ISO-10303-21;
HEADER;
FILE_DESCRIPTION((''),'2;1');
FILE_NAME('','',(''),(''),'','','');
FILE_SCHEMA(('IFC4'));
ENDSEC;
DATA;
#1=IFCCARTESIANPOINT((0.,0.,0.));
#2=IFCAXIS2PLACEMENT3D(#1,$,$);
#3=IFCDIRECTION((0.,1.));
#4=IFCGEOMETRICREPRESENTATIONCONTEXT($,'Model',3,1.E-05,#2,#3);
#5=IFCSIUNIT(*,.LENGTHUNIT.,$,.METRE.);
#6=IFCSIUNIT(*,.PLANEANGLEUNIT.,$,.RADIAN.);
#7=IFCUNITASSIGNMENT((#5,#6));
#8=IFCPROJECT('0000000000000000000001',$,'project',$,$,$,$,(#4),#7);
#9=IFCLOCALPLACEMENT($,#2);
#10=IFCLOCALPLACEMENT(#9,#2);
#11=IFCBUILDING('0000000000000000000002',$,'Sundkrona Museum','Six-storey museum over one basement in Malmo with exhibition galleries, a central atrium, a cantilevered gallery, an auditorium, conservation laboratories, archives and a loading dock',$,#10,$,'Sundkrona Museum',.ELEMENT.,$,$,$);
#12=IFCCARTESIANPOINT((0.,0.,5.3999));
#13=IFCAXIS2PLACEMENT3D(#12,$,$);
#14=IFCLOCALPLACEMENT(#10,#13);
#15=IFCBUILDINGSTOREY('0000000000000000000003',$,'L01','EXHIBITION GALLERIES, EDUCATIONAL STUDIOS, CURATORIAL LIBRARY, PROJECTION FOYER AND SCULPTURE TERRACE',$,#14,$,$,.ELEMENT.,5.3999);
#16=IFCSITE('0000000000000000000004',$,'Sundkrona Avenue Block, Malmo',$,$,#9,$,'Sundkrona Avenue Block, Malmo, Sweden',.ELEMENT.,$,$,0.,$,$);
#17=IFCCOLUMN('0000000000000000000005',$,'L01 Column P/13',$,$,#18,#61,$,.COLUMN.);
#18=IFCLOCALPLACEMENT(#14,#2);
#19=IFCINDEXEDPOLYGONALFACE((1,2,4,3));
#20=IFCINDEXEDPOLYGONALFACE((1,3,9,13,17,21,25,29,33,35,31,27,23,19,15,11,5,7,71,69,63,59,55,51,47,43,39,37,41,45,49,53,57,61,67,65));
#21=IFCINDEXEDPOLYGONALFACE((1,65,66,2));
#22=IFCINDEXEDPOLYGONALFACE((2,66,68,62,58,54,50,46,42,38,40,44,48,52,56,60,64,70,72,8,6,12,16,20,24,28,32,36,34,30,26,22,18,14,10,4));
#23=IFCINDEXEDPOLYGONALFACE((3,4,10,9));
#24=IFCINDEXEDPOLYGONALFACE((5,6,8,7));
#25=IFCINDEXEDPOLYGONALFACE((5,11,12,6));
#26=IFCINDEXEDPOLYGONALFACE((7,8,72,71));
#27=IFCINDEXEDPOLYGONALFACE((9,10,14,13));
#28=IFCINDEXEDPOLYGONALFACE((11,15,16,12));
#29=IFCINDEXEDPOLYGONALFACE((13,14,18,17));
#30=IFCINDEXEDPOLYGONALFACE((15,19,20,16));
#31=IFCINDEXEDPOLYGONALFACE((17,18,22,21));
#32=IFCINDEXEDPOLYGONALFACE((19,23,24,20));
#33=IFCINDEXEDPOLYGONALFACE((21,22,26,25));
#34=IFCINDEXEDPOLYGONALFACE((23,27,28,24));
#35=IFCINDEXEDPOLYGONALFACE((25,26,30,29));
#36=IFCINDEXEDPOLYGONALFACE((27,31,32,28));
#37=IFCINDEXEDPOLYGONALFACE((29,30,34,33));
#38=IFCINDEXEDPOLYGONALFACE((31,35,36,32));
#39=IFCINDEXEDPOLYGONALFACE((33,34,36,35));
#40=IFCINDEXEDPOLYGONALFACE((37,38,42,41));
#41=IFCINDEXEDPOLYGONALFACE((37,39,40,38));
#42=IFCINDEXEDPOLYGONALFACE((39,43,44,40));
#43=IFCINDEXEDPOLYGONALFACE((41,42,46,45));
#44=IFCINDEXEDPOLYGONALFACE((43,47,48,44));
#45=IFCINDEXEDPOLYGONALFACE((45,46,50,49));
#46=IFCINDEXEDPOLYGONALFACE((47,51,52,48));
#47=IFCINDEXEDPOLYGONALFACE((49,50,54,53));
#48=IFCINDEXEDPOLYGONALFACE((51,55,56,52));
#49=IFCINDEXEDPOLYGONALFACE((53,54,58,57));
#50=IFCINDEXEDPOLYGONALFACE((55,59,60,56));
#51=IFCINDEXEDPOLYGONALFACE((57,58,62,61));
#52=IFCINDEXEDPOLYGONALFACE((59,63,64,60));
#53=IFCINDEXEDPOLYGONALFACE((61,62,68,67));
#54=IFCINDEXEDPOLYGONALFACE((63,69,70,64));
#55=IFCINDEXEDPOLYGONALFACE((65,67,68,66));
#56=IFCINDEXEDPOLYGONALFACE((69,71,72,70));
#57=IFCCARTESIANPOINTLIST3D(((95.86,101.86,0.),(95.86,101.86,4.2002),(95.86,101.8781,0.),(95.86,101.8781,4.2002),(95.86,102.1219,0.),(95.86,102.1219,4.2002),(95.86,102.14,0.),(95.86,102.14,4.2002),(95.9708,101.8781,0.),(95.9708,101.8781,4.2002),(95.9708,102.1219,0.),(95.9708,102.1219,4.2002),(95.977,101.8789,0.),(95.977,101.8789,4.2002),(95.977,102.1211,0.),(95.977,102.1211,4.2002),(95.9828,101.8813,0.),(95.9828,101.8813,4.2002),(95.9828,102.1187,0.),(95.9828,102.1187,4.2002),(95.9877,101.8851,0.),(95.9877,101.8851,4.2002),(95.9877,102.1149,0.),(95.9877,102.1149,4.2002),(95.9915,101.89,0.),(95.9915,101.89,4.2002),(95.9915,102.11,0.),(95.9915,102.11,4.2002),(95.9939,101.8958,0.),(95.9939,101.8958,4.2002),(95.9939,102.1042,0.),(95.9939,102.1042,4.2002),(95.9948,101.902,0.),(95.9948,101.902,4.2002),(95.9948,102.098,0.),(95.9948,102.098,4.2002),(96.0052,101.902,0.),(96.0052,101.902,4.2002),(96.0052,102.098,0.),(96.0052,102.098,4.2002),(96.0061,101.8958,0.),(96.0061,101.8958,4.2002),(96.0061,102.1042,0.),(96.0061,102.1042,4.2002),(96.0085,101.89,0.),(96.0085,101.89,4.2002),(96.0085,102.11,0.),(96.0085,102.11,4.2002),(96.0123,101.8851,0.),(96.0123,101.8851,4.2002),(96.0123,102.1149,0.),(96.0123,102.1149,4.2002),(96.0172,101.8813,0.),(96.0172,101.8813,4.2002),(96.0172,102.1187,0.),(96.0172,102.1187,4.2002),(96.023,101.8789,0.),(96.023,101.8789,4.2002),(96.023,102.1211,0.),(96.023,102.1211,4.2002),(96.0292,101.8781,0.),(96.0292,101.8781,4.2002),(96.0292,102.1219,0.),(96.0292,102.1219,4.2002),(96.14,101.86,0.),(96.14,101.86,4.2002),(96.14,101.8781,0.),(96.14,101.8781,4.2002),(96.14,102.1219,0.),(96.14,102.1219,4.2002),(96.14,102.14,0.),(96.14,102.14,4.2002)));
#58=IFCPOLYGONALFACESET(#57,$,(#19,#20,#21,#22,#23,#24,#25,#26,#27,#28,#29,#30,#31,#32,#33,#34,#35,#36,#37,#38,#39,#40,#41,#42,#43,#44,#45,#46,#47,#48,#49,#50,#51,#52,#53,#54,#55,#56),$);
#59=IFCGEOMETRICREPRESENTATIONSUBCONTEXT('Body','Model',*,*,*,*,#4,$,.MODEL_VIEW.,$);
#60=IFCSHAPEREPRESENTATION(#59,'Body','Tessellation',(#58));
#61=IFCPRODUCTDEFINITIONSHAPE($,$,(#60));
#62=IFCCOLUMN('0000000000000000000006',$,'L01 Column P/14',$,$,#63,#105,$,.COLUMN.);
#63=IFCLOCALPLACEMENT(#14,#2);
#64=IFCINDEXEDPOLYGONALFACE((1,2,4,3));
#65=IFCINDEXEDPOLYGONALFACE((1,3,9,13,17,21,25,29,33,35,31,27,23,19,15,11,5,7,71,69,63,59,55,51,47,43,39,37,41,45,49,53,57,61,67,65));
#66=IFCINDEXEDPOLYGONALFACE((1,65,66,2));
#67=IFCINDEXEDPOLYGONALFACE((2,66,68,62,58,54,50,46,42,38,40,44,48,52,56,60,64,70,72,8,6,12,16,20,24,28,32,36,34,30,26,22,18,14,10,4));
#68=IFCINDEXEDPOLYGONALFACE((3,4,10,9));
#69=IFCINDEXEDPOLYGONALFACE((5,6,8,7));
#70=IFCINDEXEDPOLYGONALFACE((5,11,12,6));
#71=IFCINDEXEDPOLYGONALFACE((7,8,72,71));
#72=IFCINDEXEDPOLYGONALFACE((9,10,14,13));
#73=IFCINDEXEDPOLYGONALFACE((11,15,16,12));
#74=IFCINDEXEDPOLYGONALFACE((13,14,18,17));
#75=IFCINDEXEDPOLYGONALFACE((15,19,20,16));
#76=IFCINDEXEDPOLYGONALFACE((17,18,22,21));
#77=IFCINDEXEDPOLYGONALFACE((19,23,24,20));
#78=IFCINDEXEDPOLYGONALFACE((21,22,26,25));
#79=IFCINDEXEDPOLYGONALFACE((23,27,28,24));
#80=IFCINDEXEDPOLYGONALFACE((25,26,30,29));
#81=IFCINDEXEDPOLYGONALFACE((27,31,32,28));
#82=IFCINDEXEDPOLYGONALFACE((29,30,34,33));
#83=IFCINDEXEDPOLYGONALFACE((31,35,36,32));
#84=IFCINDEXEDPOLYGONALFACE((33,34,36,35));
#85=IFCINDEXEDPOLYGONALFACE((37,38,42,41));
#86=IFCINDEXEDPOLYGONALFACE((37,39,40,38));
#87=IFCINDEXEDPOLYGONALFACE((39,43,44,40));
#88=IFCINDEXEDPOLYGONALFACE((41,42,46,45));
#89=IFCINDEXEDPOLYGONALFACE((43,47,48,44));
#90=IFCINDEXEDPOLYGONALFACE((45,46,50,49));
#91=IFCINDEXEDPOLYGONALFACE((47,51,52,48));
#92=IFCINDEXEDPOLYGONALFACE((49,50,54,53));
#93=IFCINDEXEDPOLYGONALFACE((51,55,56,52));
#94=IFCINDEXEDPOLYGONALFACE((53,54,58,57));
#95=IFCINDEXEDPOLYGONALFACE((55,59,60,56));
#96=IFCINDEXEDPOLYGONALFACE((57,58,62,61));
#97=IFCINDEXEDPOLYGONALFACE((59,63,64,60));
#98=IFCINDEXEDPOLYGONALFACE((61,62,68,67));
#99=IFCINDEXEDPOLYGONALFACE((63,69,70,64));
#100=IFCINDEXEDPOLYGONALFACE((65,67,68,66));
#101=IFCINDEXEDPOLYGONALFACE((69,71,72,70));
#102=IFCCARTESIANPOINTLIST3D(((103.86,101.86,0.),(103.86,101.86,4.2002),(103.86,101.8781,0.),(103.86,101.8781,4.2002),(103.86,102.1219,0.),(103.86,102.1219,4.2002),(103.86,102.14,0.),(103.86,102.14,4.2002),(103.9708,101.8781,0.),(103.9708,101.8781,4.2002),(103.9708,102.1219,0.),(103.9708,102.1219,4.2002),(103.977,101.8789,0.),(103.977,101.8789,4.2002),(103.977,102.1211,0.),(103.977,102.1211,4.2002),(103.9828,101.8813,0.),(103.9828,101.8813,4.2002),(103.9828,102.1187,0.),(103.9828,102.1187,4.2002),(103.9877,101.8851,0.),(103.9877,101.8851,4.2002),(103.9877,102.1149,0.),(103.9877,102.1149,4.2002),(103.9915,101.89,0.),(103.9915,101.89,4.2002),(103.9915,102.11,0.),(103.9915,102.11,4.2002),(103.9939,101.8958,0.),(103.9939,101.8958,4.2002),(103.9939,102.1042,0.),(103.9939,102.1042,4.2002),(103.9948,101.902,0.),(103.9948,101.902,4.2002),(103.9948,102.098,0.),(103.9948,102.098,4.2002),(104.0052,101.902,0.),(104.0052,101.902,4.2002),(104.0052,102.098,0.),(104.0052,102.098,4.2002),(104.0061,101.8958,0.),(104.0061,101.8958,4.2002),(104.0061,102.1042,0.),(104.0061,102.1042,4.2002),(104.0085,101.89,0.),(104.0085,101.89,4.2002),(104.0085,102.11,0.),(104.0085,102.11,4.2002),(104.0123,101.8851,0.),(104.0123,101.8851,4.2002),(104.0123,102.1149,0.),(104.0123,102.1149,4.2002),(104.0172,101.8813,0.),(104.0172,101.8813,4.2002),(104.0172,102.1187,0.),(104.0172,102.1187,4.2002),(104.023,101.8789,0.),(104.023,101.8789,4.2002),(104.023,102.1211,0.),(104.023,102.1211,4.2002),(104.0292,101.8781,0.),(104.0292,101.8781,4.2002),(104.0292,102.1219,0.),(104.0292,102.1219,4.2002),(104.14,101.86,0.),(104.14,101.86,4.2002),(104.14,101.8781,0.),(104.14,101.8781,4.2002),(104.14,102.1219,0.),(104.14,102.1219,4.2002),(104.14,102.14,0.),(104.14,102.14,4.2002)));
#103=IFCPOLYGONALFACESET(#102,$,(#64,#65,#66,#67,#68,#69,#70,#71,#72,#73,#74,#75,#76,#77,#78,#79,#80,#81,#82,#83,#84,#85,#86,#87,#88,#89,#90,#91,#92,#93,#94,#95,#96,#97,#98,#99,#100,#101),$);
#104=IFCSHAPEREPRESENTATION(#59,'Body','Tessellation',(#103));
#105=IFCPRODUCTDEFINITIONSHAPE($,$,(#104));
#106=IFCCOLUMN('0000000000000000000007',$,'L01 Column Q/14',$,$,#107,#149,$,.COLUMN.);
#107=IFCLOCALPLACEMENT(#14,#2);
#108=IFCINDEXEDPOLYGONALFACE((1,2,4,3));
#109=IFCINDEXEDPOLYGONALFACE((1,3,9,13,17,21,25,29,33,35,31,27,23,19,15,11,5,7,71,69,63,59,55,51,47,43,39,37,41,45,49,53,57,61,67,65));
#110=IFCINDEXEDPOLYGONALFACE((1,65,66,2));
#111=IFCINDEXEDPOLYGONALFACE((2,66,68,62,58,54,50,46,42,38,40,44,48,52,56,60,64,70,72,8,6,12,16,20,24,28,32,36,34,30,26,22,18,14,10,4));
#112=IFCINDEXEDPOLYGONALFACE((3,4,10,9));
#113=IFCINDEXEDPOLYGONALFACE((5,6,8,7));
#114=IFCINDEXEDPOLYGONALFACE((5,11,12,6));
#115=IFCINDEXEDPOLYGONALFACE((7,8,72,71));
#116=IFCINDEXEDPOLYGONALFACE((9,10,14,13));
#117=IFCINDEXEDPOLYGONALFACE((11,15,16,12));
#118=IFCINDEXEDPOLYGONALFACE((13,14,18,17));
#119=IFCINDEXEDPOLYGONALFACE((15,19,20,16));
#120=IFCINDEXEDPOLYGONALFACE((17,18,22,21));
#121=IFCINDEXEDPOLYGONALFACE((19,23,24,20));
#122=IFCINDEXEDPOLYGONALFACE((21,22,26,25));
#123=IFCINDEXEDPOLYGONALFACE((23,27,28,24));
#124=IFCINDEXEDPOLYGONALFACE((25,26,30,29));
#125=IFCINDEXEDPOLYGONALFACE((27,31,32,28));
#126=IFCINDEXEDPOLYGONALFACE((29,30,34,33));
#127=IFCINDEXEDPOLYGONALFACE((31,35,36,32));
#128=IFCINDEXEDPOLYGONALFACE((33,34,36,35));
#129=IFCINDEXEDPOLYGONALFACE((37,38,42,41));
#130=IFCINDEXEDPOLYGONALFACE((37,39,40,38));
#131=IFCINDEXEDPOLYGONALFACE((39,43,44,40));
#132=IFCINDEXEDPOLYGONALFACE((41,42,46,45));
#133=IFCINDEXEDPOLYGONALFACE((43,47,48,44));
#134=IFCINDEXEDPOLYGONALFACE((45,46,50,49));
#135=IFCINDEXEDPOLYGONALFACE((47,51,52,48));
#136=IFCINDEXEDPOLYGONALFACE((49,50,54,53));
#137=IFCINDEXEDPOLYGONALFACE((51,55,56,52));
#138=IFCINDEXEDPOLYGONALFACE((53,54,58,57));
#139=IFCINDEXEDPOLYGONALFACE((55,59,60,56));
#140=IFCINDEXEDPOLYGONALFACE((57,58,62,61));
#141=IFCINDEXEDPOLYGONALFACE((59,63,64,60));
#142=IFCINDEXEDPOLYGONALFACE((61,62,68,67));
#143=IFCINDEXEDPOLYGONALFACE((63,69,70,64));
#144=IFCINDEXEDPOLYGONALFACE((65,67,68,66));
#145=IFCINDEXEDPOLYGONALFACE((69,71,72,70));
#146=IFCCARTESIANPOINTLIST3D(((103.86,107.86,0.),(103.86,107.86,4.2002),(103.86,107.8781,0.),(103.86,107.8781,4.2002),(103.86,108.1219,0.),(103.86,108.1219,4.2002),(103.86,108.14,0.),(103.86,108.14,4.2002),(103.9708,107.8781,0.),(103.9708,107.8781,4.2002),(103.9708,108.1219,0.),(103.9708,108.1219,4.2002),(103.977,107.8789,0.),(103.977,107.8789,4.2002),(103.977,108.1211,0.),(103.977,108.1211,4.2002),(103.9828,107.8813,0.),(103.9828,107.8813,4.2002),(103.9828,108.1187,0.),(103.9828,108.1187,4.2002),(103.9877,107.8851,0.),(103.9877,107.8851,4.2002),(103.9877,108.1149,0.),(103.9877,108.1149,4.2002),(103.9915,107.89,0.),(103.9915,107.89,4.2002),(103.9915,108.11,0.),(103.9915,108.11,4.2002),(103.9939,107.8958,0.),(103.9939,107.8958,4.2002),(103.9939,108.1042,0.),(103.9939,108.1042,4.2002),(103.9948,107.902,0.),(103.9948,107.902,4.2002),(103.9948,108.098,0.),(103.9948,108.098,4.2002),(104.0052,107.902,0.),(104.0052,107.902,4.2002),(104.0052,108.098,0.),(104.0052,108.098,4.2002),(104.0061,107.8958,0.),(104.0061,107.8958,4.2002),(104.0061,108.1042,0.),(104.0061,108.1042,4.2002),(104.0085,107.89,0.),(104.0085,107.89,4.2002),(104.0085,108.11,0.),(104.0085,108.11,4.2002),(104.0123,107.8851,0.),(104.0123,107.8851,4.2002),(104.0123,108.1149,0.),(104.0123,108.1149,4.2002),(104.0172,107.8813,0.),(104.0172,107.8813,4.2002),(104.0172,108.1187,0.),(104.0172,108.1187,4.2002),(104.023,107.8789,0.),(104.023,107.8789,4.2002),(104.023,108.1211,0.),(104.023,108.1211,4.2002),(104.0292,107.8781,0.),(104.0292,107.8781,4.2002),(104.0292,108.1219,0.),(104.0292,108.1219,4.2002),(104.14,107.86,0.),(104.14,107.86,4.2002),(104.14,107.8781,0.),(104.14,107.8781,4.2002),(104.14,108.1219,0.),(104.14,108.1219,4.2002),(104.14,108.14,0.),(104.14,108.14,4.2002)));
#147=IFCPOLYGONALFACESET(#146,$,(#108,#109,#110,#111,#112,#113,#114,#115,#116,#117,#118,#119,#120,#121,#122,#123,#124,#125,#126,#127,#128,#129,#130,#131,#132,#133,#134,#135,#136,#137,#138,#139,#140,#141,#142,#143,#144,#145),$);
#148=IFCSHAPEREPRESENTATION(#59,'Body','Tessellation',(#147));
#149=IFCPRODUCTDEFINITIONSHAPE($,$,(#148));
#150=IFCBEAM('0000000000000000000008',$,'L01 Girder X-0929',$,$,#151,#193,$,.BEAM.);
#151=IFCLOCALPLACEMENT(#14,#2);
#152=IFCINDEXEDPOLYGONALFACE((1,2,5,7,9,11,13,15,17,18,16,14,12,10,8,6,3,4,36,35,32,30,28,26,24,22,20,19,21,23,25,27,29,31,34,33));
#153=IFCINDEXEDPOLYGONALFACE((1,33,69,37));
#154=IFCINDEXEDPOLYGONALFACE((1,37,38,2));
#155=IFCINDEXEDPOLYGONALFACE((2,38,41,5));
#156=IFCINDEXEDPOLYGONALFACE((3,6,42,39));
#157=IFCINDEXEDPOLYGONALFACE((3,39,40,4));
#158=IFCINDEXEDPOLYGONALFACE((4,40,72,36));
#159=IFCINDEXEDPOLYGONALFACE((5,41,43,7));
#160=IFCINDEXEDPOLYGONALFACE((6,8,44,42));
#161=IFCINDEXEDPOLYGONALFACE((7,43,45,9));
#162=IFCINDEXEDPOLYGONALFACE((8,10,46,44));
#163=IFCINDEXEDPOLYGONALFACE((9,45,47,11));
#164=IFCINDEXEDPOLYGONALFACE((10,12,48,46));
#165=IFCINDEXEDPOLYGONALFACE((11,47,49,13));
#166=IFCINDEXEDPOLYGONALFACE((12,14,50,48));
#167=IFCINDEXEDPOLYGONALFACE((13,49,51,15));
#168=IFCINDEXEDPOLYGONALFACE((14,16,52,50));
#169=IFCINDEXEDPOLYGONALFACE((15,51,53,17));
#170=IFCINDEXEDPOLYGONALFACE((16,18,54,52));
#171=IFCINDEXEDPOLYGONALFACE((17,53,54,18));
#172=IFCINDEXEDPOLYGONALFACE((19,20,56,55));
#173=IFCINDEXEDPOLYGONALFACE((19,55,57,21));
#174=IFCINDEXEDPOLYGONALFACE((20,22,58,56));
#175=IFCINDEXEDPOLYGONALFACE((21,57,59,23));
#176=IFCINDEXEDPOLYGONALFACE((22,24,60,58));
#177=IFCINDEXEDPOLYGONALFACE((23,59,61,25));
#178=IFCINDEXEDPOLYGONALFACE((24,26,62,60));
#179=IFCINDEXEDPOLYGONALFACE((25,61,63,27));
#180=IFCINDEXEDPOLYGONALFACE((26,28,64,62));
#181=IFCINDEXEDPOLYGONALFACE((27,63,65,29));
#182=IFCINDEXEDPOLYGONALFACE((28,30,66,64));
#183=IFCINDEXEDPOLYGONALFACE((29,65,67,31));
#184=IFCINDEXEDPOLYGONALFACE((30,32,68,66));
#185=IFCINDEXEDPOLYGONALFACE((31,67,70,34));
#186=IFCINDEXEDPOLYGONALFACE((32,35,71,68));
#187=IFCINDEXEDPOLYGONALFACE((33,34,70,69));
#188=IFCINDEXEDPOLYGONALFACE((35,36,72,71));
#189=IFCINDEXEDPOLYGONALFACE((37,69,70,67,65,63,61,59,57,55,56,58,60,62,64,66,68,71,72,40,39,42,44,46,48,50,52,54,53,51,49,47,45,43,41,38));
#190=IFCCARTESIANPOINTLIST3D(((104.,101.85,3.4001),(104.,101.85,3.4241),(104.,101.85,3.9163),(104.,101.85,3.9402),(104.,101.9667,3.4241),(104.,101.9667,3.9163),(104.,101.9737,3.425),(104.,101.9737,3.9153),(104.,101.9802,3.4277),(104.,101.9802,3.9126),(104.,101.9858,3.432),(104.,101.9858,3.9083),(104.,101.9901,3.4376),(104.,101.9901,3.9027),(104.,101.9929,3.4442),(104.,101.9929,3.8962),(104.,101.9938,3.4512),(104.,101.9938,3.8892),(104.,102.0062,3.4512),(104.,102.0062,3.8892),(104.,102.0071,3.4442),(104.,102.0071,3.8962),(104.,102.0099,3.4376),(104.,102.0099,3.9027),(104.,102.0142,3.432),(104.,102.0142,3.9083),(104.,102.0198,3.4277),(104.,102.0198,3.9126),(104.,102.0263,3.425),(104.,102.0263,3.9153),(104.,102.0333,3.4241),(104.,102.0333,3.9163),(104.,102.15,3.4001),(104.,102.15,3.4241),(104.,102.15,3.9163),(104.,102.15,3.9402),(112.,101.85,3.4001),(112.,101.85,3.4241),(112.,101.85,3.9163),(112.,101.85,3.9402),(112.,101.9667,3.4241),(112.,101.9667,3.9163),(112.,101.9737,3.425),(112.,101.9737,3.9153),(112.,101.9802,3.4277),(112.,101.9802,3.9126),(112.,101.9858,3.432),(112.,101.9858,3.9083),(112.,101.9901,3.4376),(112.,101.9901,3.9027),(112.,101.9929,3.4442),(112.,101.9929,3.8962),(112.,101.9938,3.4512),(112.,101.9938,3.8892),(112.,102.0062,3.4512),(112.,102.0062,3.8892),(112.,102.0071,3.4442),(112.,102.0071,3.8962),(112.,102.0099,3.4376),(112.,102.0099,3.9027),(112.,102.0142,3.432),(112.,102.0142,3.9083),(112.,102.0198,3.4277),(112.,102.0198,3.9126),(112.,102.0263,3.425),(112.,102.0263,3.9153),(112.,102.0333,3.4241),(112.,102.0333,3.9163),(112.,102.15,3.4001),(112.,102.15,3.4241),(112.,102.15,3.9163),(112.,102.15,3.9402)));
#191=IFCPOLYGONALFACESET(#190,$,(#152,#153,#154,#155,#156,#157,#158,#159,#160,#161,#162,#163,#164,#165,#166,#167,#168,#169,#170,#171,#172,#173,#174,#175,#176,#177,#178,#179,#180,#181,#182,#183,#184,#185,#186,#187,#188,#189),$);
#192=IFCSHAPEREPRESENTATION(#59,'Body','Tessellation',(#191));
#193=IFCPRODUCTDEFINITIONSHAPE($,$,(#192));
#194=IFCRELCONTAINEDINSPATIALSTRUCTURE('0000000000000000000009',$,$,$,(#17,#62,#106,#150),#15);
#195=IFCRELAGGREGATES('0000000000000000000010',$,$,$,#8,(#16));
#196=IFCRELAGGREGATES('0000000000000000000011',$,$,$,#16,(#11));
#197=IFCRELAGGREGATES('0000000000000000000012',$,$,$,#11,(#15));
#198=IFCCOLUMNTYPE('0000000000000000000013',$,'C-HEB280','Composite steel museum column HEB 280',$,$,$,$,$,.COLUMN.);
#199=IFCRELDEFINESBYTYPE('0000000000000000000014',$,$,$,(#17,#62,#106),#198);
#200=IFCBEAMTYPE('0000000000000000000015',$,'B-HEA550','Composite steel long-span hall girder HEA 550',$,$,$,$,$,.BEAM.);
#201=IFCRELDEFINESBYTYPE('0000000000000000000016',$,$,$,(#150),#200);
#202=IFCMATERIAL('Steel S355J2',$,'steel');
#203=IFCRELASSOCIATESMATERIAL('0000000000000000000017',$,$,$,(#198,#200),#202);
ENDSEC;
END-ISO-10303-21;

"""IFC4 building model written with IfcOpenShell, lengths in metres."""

from ifc_helpers import new_model, si_unit, direction, frame, origin, origin_2d, place, context, subcontext, project, spatial, i_section, extrude, material, material_profile, profile_set, type_object, element, save


model = new_model("IFC4")

# Units and contexts
model_context = context("Model", 3, precision=1e-05, world=origin(), true_north=direction((0.0, 1.0)))
body_context = subcontext(model_context, "Body", "Model", "MODEL_VIEW")
ifc_project = project(units=[si_unit("LENGTHUNIT", "METRE"), si_unit("PLANEANGLEUNIT", "RADIAN")], contexts=[model_context])

# Site, building, storey
site_placement = place(None, origin())
site = spatial("IfcSite", under=ifc_project, at=site_placement, Name="Sundkrona Avenue Block, Malmo", LongName="Sundkrona Avenue Block, Malmo, Sweden", CompositionType="ELEMENT", RefElevation=0.0)
building_placement = place(site_placement, origin())
building = spatial("IfcBuilding", under=site, at=building_placement, Name="Sundkrona Museum", Description="Six-storey museum over one basement in Malmo with exhibition galleries, a central atrium, a cantilevered gallery, an auditorium, conservation laboratories, archives and a loading dock", LongName="Sundkrona Museum", CompositionType="ELEMENT")
storey_placement = place(building_placement, frame((0.0, 0.0, 5.3999)))
storey = spatial("IfcBuildingStorey", under=building, at=storey_placement, Name="L01", Description="EXHIBITION GALLERIES, EDUCATIONAL STUDIOS, CURATORIAL LIBRARY, PROJECTION FOYER AND SCULPTURE TERRACE", CompositionType="ELEMENT", Elevation=5.3999)

# Columns
ifc_material_1 = material(Name="Steel S355J2", Category="steel")
ifc_material_profile_1 = material_profile(ifc_material_1, i_section(OverallWidth=0.28, OverallDepth=0.28, WebThickness=0.0105, FlangeThickness=0.0181, FilletRadius=0.0239, at=origin_2d()), Name="HEB 280")
ifc_profile_set_1 = profile_set([ifc_material_profile_1], Name="Steel S355J2")
column_type = type_object("IfcColumnType", Name="C-HEB280", Description="Composite steel museum column HEB 280", PredefinedType="COLUMN", material=ifc_profile_set_1)
for number, where, z_axis, x_axis, name in (
    (1, (96.0, 102.0, 0.0), (0.0, 0.0, 1.0), (1.0, 0.0, 0.0), "L01 Column P/13"),
    (2, (104.0, 102.0, 0.0), (0.0, 0.0, 1.0), (1.0, 0.0, 0.0), "L01 Column P/14"),
    (3, (104.0, 108.0, 0.0), (0.0, 0.0, 1.0), (1.0, 0.0, 0.0), "L01 Column Q/14"),
):
    element("IfcColumn", number, at=place(storey_placement, frame(where, z_axis=z_axis, x_axis=x_axis)), inside=storey, type_object=column_type, Name=name, PredefinedType="COLUMN", context=body_context, shape_type="SweptSolid", body=[
        extrude(i_section(OverallWidth=0.28, OverallDepth=0.28, WebThickness=0.0105, FlangeThickness=0.0181, FilletRadius=0.0239, at=origin_2d()), origin(), (0.0, 0.0, 1.0), 4.2002),
    ])

# Beam
ifc_material_profile_2 = material_profile(ifc_material_1, i_section(OverallWidth=0.3, OverallDepth=0.54, WebThickness=0.0125, FlangeThickness=0.0239, FilletRadius=0.0271, at=origin_2d()), Name="HEA 550")
ifc_profile_set_2 = profile_set([ifc_material_profile_2], Name="Steel S355J2")
beam_type_1 = type_object("IfcBeamType", Name="B-HEA550", Description="Composite steel long-span hall girder HEA 550", PredefinedType="BEAM", material=ifc_profile_set_2)
for number, where, z_axis, x_axis, name in (
    (4, (104.0, 102.0, 3.6702), (1.0, 0.0, 0.0), (0.0, 1.0, 0.0), "L01 Girder X-0929"),
):
    element("IfcBeam", number, at=place(storey_placement, frame(where, z_axis=z_axis, x_axis=x_axis)), inside=storey, type_object=beam_type_1, Name=name, PredefinedType="BEAM", context=body_context, shape_type="SweptSolid", body=[
        extrude(i_section(OverallWidth=0.3, OverallDepth=0.54, WebThickness=0.0125, FlangeThickness=0.0239, FilletRadius=0.0271, at=origin_2d()), origin(), (0.0, 0.0, 1.0), 8.0),
    ])

save(model, "model.ifc")
